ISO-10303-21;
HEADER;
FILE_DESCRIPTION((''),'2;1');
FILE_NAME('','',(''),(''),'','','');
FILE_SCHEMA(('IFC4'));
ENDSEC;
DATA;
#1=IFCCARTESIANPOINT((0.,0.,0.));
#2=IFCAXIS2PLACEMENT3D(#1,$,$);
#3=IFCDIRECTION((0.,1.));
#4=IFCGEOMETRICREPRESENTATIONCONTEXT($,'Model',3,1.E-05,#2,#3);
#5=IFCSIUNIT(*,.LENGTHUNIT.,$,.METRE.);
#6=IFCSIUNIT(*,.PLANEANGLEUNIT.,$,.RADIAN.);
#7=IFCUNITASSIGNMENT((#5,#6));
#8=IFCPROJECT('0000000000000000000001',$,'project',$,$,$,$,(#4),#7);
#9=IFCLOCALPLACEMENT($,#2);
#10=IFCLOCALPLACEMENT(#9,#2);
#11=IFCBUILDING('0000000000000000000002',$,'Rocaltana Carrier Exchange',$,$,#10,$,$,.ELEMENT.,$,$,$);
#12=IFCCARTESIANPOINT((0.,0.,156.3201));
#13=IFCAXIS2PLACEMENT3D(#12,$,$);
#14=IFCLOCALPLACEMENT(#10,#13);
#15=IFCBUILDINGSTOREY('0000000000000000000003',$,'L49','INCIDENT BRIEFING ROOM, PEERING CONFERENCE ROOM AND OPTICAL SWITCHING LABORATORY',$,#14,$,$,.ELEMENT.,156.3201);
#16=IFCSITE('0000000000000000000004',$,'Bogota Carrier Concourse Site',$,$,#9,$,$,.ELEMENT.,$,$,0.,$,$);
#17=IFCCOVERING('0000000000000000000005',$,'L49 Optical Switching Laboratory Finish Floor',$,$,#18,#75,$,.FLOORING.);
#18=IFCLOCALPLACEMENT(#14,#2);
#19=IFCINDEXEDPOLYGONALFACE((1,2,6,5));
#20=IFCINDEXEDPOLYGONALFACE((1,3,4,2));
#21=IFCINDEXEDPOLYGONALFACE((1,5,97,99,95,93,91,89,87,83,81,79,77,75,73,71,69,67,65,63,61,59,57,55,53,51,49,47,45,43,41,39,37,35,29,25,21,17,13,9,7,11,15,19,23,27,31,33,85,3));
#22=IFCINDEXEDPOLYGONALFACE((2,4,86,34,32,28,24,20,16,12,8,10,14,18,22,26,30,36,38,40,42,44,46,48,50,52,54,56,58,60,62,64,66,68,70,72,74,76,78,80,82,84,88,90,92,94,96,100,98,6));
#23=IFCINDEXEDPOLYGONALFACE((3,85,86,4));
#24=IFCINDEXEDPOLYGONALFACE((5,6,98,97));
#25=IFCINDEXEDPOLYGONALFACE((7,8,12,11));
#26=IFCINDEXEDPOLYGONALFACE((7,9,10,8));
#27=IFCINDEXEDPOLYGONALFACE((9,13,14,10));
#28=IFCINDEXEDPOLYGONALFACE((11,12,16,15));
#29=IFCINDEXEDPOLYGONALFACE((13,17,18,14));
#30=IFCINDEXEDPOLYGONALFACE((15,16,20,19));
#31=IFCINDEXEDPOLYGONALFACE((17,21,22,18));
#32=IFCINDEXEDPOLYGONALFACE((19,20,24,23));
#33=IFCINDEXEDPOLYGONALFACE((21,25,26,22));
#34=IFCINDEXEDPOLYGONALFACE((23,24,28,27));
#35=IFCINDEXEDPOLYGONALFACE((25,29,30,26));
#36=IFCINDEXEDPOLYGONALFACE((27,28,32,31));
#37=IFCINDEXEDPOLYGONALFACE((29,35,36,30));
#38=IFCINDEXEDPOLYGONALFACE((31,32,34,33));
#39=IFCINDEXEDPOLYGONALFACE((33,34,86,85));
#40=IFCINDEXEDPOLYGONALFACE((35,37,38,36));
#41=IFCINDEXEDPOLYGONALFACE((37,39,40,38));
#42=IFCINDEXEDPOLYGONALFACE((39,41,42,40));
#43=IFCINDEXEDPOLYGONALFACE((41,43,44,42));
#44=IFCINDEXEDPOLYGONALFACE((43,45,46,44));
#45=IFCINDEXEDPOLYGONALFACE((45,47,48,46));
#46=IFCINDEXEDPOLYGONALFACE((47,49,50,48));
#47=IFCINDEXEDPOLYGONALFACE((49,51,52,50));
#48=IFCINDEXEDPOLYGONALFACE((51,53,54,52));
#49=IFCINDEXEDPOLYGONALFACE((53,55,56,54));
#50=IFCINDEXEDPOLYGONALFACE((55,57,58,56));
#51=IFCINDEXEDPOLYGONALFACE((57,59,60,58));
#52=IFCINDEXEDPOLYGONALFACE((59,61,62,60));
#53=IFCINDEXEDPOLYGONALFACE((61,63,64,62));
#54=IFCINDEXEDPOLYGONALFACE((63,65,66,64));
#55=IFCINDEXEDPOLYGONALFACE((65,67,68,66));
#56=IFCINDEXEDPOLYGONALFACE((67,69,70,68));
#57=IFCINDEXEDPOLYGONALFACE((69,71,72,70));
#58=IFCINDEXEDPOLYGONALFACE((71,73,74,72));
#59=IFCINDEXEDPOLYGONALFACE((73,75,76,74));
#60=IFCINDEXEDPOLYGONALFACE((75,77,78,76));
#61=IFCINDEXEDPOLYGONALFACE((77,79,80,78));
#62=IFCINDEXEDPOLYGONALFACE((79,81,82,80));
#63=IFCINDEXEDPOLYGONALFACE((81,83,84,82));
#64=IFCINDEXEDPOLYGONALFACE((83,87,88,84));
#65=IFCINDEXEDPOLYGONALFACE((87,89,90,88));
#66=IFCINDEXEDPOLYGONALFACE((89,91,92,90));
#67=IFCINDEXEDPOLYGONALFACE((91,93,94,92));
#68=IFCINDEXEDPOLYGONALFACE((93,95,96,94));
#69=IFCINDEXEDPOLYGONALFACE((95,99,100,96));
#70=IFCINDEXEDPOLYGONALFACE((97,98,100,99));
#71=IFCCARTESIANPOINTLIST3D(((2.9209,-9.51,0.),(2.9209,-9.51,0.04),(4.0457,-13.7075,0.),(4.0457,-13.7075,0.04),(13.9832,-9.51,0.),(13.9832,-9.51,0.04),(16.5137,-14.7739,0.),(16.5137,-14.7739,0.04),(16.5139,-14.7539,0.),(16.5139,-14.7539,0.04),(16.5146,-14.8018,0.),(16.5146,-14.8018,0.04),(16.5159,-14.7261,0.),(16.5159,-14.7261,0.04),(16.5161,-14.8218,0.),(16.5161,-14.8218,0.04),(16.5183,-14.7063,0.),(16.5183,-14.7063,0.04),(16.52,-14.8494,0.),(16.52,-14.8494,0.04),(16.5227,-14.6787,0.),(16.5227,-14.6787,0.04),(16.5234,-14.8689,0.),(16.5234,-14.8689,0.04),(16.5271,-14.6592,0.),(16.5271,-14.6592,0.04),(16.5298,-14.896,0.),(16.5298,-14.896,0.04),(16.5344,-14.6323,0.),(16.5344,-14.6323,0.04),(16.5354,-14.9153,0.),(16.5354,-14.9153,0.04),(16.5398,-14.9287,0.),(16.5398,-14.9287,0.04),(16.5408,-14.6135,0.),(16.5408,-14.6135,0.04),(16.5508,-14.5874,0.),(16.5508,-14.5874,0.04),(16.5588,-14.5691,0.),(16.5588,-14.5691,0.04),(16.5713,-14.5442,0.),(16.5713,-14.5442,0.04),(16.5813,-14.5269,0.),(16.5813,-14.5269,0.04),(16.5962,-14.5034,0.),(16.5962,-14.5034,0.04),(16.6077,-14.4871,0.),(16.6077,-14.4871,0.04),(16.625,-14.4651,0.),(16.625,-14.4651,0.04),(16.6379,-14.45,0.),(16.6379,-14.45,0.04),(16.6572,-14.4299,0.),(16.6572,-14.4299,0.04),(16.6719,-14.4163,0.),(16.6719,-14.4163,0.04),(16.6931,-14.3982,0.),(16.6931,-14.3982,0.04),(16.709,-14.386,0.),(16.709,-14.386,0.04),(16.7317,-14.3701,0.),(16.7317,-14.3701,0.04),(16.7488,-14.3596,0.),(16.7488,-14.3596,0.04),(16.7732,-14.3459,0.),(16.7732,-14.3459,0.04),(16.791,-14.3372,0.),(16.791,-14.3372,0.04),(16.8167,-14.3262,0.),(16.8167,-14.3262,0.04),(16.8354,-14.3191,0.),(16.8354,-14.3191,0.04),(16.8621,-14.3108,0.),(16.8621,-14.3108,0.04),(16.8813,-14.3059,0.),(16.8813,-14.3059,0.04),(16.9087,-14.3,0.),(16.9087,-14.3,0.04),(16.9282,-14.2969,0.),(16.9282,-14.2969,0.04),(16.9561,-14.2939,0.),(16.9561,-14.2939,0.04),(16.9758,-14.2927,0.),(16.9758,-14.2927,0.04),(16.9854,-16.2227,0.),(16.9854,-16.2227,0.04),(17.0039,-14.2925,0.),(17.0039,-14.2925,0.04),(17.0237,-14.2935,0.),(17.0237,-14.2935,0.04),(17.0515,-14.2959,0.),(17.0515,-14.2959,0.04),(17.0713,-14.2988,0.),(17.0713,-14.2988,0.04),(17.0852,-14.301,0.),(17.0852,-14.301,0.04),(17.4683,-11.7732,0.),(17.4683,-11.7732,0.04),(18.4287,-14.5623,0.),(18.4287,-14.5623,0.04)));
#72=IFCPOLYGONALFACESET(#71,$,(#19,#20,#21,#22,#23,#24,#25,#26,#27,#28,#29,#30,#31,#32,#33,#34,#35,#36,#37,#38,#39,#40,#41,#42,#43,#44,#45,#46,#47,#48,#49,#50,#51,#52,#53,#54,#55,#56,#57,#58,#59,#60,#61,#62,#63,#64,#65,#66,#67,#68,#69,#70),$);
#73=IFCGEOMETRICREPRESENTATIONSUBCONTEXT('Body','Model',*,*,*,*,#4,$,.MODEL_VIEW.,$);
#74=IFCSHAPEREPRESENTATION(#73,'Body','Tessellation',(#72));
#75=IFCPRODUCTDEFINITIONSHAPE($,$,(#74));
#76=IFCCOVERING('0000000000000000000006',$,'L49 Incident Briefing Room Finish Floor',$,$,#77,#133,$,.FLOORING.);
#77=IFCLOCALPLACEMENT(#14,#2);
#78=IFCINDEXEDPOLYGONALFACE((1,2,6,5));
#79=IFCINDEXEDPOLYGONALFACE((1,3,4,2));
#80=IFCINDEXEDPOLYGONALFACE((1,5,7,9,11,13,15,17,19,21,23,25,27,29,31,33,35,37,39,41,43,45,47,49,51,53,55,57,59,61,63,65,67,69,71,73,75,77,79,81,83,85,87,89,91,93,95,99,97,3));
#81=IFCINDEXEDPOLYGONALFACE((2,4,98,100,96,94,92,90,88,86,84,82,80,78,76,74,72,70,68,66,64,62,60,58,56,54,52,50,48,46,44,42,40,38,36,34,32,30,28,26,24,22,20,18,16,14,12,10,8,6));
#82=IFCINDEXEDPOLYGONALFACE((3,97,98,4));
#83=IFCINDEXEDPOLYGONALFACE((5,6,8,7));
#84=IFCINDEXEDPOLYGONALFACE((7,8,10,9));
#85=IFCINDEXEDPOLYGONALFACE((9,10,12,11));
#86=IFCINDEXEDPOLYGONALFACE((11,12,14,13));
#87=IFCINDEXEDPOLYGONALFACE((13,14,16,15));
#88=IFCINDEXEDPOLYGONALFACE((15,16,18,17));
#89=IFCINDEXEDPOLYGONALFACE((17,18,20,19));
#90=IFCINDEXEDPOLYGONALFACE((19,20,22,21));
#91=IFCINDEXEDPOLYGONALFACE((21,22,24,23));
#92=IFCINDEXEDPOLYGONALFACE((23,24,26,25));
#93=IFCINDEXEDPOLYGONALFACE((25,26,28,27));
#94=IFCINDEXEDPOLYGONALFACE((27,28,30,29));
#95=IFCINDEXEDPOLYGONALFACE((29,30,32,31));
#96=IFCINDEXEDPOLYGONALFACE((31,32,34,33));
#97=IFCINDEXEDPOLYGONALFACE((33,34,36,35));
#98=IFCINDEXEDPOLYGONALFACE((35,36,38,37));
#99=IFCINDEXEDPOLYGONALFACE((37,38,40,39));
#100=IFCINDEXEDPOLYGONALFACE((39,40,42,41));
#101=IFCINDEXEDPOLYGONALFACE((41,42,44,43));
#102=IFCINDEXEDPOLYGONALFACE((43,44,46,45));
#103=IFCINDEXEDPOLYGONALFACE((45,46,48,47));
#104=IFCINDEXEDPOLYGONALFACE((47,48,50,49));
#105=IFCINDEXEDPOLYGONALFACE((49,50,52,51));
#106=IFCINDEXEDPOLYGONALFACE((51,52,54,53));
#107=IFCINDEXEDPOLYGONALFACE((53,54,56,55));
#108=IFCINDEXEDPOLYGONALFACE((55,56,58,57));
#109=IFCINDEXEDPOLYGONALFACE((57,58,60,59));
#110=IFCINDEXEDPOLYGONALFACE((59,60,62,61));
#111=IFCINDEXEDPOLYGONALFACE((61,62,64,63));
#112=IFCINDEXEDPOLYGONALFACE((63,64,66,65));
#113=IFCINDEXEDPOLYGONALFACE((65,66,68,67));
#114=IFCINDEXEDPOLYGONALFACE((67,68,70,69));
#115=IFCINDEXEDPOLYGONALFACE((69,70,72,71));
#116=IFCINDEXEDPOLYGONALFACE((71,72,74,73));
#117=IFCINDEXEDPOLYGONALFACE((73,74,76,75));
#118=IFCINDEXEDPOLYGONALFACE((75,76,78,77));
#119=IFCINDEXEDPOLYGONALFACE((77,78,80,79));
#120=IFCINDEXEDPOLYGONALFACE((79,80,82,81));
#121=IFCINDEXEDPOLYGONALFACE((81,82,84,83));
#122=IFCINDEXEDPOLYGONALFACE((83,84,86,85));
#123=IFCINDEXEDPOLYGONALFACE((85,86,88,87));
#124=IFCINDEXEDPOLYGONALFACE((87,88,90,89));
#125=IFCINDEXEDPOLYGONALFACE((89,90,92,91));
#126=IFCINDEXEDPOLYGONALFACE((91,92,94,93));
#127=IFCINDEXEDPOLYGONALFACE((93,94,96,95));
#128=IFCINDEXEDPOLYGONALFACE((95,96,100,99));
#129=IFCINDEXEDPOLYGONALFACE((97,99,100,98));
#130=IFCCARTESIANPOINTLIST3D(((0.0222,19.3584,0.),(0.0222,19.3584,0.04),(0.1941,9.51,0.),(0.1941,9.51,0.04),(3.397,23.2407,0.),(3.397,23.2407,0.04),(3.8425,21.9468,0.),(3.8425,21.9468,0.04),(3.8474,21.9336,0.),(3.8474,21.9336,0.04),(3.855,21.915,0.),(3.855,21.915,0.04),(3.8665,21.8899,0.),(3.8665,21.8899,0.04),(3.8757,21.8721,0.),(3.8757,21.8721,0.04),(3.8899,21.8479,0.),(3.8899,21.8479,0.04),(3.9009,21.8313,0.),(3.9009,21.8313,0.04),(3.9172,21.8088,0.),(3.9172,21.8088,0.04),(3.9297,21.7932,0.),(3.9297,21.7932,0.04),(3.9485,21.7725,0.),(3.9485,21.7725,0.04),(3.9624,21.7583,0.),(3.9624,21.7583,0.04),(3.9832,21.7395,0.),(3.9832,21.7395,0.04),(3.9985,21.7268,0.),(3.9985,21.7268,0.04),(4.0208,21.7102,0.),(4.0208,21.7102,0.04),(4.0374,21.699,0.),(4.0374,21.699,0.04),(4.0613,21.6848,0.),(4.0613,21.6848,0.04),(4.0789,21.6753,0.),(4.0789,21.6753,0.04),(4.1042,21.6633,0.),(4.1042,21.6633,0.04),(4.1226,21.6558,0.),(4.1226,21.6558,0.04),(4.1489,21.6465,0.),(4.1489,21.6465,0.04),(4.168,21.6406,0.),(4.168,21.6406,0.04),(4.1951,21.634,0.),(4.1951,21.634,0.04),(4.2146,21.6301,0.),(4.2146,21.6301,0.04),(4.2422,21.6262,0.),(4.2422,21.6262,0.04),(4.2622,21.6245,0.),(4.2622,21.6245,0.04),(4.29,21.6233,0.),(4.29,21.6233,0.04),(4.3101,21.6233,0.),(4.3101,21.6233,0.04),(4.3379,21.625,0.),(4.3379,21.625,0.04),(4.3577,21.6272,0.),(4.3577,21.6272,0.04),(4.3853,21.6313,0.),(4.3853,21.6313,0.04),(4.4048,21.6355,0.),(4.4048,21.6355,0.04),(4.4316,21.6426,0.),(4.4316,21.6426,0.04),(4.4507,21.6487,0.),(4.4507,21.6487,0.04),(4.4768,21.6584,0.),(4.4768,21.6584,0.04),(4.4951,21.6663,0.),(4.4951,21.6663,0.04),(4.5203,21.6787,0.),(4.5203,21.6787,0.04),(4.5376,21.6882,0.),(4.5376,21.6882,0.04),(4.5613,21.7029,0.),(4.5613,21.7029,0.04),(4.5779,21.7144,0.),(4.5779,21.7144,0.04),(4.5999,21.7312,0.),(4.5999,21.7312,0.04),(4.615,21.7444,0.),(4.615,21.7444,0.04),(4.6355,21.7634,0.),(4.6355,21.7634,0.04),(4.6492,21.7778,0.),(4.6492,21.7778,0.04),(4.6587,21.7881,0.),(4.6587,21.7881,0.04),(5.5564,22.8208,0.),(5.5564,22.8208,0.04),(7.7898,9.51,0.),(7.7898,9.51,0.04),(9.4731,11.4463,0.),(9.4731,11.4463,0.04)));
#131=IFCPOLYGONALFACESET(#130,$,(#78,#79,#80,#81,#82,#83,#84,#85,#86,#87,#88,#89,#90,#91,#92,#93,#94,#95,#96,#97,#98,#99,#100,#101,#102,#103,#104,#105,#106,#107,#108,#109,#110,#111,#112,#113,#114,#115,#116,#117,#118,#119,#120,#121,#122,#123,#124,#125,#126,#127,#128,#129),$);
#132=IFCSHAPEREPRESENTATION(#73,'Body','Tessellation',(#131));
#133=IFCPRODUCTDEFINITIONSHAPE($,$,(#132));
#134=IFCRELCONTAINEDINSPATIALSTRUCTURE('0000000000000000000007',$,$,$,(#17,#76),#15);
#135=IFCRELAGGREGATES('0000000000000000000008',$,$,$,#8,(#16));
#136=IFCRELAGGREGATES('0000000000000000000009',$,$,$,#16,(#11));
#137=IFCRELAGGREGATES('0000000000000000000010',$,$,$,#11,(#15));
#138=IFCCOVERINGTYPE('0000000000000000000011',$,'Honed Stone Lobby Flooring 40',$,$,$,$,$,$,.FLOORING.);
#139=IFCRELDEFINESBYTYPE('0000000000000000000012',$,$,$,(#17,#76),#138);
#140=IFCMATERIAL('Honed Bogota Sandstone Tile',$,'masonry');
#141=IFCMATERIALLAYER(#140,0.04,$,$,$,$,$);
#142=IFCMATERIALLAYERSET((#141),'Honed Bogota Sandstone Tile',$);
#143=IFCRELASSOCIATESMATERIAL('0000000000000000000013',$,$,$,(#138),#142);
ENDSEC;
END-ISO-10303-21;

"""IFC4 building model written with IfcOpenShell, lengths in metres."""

from ifc_helpers import new_model, si_unit, direction, frame, origin, place, context, subcontext, project, spatial, polyline, outline, extrude, material, layer, layer_set, type_object, element, save


model = new_model("IFC4")

# Units and contexts
model_context = context("Model", 3, precision=1e-05, world=origin(), true_north=direction((0.0, 1.0)))
body_context = subcontext(model_context, "Body", "Model", "MODEL_VIEW")
ifc_project = project(units=[si_unit("LENGTHUNIT", "METRE"), si_unit("PLANEANGLEUNIT", "RADIAN")], contexts=[model_context])

# Site, building, storey
site_placement = place(None, origin())
site = spatial("IfcSite", under=ifc_project, at=site_placement, Name="Bogota Carrier Concourse Site", CompositionType="ELEMENT", RefElevation=0.0)
building_placement = place(site_placement, origin())
building = spatial("IfcBuilding", under=site, at=building_placement, Name="Rocaltana Carrier Exchange", CompositionType="ELEMENT")
storey_placement = place(building_placement, frame((0.0, 0.0, 156.3201)))
storey = spatial("IfcBuildingStorey", under=building, at=storey_placement, Name="L49", Description="INCIDENT BRIEFING ROOM, PEERING CONFERENCE ROOM AND OPTICAL SWITCHING LABORATORY", CompositionType="ELEMENT", Elevation=156.3201)

# Coverings
ifc_material_1 = material(Name="Honed Bogota Sandstone Tile", Category="masonry")
ifc_layer_1 = layer(ifc_material_1, 0.04)
ifc_layer_set_1 = layer_set([ifc_layer_1], Name="Honed Bogota Sandstone Tile")
covering_type_1 = type_object("IfcCoveringType", Name="Honed Stone Lobby Flooring 40", PredefinedType="FLOORING", material=ifc_layer_set_1)
covering_1_placement = place(storey_placement, origin())
element("IfcCovering", 1, at=covering_1_placement, inside=storey, type_object=covering_type_1, Name="L49 Optical Switching Laboratory Finish Floor", PredefinedType="FLOORING", context=body_context, shape_type="SweptSolid", body=[
    extrude(outline(polyline([(18.4287, -14.5623), (17.0852, -14.301), (17.0713, -14.2988), (17.0515, -14.2959), (17.0237, -14.2935), (17.0039, -14.2925), (16.9758, -14.2927), (16.9561, -14.2939), (16.9282, -14.2969), (16.9087, -14.3), (16.8813, -14.3059), (16.8621, -14.3108), (16.8354, -14.3191), (16.8167, -14.3262), (16.791, -14.3372), (16.7732, -14.3459), (16.7488, -14.3596), (16.7317, -14.3701), (16.709, -14.386), (16.6931, -14.3982), (16.6719, -14.4163), (16.6572, -14.4299), (16.6379, -14.45), (16.625, -14.4651), (16.6077, -14.4871), (16.5962, -14.5034), (16.5813, -14.5269), (16.5713, -14.5442), (16.5588, -14.5691), (16.5508, -14.5874), (16.5408, -14.6135), (16.5344, -14.6323), (16.5271, -14.6592), (16.5227, -14.6787), (16.5183, -14.7063), (16.5159, -14.7261), (16.5139, -14.7539), (16.5137, -14.7739), (16.5146, -14.8018), (16.5161, -14.8218), (16.52, -14.8494), (16.5234, -14.8689), (16.5298, -14.896), (16.5354, -14.9153), (16.5398, -14.9287), (16.9854, -16.2227), (4.0457, -13.7075), (2.9209, -9.51), (13.9832, -9.51), (17.4683, -11.7732), (18.4287, -14.5623)])), origin(), (0.0, 0.0, 1.0), 0.04),
])
covering_2_placement = place(storey_placement, origin())
element("IfcCovering", 2, at=covering_2_placement, inside=storey, type_object=covering_type_1, Name="L49 Incident Briefing Room Finish Floor", PredefinedType="FLOORING", context=body_context, shape_type="SweptSolid", body=[
    extrude(outline(polyline([(3.397, 23.2407), (3.8425, 21.9468), (3.8474, 21.9336), (3.855, 21.915), (3.8665, 21.8899), (3.8757, 21.8721), (3.8899, 21.8479), (3.9009, 21.8313), (3.9172, 21.8088), (3.9297, 21.7932), (3.9485, 21.7725), (3.9624, 21.7583), (3.9832, 21.7395), (3.9985, 21.7268), (4.0208, 21.7102), (4.0374, 21.699), (4.0613, 21.6848), (4.0789, 21.6753), (4.1042, 21.6633), (4.1226, 21.6558), (4.1489, 21.6465), (4.168, 21.6406), (4.1951, 21.634), (4.2146, 21.6301), (4.2422, 21.6262), (4.2622, 21.6245), (4.29, 21.6233), (4.3101, 21.6233), (4.3379, 21.625), (4.3577, 21.6272), (4.3853, 21.6313), (4.4048, 21.6355), (4.4316, 21.6426), (4.4507, 21.6487), (4.4768, 21.6584), (4.4951, 21.6663), (4.5203, 21.6787), (4.5376, 21.6882), (4.5613, 21.7029), (4.5779, 21.7144), (4.5999, 21.7312), (4.615, 21.7444), (4.6355, 21.7634), (4.6492, 21.7778), (4.6587, 21.7881), (5.5564, 22.8208), (9.4731, 11.4463), (7.7898, 9.51), (0.1941, 9.51), (0.0222, 19.3584), (3.397, 23.2407)])), origin(), (0.0, 0.0, 1.0), 0.04),
])

save(model, "model.ifc")
